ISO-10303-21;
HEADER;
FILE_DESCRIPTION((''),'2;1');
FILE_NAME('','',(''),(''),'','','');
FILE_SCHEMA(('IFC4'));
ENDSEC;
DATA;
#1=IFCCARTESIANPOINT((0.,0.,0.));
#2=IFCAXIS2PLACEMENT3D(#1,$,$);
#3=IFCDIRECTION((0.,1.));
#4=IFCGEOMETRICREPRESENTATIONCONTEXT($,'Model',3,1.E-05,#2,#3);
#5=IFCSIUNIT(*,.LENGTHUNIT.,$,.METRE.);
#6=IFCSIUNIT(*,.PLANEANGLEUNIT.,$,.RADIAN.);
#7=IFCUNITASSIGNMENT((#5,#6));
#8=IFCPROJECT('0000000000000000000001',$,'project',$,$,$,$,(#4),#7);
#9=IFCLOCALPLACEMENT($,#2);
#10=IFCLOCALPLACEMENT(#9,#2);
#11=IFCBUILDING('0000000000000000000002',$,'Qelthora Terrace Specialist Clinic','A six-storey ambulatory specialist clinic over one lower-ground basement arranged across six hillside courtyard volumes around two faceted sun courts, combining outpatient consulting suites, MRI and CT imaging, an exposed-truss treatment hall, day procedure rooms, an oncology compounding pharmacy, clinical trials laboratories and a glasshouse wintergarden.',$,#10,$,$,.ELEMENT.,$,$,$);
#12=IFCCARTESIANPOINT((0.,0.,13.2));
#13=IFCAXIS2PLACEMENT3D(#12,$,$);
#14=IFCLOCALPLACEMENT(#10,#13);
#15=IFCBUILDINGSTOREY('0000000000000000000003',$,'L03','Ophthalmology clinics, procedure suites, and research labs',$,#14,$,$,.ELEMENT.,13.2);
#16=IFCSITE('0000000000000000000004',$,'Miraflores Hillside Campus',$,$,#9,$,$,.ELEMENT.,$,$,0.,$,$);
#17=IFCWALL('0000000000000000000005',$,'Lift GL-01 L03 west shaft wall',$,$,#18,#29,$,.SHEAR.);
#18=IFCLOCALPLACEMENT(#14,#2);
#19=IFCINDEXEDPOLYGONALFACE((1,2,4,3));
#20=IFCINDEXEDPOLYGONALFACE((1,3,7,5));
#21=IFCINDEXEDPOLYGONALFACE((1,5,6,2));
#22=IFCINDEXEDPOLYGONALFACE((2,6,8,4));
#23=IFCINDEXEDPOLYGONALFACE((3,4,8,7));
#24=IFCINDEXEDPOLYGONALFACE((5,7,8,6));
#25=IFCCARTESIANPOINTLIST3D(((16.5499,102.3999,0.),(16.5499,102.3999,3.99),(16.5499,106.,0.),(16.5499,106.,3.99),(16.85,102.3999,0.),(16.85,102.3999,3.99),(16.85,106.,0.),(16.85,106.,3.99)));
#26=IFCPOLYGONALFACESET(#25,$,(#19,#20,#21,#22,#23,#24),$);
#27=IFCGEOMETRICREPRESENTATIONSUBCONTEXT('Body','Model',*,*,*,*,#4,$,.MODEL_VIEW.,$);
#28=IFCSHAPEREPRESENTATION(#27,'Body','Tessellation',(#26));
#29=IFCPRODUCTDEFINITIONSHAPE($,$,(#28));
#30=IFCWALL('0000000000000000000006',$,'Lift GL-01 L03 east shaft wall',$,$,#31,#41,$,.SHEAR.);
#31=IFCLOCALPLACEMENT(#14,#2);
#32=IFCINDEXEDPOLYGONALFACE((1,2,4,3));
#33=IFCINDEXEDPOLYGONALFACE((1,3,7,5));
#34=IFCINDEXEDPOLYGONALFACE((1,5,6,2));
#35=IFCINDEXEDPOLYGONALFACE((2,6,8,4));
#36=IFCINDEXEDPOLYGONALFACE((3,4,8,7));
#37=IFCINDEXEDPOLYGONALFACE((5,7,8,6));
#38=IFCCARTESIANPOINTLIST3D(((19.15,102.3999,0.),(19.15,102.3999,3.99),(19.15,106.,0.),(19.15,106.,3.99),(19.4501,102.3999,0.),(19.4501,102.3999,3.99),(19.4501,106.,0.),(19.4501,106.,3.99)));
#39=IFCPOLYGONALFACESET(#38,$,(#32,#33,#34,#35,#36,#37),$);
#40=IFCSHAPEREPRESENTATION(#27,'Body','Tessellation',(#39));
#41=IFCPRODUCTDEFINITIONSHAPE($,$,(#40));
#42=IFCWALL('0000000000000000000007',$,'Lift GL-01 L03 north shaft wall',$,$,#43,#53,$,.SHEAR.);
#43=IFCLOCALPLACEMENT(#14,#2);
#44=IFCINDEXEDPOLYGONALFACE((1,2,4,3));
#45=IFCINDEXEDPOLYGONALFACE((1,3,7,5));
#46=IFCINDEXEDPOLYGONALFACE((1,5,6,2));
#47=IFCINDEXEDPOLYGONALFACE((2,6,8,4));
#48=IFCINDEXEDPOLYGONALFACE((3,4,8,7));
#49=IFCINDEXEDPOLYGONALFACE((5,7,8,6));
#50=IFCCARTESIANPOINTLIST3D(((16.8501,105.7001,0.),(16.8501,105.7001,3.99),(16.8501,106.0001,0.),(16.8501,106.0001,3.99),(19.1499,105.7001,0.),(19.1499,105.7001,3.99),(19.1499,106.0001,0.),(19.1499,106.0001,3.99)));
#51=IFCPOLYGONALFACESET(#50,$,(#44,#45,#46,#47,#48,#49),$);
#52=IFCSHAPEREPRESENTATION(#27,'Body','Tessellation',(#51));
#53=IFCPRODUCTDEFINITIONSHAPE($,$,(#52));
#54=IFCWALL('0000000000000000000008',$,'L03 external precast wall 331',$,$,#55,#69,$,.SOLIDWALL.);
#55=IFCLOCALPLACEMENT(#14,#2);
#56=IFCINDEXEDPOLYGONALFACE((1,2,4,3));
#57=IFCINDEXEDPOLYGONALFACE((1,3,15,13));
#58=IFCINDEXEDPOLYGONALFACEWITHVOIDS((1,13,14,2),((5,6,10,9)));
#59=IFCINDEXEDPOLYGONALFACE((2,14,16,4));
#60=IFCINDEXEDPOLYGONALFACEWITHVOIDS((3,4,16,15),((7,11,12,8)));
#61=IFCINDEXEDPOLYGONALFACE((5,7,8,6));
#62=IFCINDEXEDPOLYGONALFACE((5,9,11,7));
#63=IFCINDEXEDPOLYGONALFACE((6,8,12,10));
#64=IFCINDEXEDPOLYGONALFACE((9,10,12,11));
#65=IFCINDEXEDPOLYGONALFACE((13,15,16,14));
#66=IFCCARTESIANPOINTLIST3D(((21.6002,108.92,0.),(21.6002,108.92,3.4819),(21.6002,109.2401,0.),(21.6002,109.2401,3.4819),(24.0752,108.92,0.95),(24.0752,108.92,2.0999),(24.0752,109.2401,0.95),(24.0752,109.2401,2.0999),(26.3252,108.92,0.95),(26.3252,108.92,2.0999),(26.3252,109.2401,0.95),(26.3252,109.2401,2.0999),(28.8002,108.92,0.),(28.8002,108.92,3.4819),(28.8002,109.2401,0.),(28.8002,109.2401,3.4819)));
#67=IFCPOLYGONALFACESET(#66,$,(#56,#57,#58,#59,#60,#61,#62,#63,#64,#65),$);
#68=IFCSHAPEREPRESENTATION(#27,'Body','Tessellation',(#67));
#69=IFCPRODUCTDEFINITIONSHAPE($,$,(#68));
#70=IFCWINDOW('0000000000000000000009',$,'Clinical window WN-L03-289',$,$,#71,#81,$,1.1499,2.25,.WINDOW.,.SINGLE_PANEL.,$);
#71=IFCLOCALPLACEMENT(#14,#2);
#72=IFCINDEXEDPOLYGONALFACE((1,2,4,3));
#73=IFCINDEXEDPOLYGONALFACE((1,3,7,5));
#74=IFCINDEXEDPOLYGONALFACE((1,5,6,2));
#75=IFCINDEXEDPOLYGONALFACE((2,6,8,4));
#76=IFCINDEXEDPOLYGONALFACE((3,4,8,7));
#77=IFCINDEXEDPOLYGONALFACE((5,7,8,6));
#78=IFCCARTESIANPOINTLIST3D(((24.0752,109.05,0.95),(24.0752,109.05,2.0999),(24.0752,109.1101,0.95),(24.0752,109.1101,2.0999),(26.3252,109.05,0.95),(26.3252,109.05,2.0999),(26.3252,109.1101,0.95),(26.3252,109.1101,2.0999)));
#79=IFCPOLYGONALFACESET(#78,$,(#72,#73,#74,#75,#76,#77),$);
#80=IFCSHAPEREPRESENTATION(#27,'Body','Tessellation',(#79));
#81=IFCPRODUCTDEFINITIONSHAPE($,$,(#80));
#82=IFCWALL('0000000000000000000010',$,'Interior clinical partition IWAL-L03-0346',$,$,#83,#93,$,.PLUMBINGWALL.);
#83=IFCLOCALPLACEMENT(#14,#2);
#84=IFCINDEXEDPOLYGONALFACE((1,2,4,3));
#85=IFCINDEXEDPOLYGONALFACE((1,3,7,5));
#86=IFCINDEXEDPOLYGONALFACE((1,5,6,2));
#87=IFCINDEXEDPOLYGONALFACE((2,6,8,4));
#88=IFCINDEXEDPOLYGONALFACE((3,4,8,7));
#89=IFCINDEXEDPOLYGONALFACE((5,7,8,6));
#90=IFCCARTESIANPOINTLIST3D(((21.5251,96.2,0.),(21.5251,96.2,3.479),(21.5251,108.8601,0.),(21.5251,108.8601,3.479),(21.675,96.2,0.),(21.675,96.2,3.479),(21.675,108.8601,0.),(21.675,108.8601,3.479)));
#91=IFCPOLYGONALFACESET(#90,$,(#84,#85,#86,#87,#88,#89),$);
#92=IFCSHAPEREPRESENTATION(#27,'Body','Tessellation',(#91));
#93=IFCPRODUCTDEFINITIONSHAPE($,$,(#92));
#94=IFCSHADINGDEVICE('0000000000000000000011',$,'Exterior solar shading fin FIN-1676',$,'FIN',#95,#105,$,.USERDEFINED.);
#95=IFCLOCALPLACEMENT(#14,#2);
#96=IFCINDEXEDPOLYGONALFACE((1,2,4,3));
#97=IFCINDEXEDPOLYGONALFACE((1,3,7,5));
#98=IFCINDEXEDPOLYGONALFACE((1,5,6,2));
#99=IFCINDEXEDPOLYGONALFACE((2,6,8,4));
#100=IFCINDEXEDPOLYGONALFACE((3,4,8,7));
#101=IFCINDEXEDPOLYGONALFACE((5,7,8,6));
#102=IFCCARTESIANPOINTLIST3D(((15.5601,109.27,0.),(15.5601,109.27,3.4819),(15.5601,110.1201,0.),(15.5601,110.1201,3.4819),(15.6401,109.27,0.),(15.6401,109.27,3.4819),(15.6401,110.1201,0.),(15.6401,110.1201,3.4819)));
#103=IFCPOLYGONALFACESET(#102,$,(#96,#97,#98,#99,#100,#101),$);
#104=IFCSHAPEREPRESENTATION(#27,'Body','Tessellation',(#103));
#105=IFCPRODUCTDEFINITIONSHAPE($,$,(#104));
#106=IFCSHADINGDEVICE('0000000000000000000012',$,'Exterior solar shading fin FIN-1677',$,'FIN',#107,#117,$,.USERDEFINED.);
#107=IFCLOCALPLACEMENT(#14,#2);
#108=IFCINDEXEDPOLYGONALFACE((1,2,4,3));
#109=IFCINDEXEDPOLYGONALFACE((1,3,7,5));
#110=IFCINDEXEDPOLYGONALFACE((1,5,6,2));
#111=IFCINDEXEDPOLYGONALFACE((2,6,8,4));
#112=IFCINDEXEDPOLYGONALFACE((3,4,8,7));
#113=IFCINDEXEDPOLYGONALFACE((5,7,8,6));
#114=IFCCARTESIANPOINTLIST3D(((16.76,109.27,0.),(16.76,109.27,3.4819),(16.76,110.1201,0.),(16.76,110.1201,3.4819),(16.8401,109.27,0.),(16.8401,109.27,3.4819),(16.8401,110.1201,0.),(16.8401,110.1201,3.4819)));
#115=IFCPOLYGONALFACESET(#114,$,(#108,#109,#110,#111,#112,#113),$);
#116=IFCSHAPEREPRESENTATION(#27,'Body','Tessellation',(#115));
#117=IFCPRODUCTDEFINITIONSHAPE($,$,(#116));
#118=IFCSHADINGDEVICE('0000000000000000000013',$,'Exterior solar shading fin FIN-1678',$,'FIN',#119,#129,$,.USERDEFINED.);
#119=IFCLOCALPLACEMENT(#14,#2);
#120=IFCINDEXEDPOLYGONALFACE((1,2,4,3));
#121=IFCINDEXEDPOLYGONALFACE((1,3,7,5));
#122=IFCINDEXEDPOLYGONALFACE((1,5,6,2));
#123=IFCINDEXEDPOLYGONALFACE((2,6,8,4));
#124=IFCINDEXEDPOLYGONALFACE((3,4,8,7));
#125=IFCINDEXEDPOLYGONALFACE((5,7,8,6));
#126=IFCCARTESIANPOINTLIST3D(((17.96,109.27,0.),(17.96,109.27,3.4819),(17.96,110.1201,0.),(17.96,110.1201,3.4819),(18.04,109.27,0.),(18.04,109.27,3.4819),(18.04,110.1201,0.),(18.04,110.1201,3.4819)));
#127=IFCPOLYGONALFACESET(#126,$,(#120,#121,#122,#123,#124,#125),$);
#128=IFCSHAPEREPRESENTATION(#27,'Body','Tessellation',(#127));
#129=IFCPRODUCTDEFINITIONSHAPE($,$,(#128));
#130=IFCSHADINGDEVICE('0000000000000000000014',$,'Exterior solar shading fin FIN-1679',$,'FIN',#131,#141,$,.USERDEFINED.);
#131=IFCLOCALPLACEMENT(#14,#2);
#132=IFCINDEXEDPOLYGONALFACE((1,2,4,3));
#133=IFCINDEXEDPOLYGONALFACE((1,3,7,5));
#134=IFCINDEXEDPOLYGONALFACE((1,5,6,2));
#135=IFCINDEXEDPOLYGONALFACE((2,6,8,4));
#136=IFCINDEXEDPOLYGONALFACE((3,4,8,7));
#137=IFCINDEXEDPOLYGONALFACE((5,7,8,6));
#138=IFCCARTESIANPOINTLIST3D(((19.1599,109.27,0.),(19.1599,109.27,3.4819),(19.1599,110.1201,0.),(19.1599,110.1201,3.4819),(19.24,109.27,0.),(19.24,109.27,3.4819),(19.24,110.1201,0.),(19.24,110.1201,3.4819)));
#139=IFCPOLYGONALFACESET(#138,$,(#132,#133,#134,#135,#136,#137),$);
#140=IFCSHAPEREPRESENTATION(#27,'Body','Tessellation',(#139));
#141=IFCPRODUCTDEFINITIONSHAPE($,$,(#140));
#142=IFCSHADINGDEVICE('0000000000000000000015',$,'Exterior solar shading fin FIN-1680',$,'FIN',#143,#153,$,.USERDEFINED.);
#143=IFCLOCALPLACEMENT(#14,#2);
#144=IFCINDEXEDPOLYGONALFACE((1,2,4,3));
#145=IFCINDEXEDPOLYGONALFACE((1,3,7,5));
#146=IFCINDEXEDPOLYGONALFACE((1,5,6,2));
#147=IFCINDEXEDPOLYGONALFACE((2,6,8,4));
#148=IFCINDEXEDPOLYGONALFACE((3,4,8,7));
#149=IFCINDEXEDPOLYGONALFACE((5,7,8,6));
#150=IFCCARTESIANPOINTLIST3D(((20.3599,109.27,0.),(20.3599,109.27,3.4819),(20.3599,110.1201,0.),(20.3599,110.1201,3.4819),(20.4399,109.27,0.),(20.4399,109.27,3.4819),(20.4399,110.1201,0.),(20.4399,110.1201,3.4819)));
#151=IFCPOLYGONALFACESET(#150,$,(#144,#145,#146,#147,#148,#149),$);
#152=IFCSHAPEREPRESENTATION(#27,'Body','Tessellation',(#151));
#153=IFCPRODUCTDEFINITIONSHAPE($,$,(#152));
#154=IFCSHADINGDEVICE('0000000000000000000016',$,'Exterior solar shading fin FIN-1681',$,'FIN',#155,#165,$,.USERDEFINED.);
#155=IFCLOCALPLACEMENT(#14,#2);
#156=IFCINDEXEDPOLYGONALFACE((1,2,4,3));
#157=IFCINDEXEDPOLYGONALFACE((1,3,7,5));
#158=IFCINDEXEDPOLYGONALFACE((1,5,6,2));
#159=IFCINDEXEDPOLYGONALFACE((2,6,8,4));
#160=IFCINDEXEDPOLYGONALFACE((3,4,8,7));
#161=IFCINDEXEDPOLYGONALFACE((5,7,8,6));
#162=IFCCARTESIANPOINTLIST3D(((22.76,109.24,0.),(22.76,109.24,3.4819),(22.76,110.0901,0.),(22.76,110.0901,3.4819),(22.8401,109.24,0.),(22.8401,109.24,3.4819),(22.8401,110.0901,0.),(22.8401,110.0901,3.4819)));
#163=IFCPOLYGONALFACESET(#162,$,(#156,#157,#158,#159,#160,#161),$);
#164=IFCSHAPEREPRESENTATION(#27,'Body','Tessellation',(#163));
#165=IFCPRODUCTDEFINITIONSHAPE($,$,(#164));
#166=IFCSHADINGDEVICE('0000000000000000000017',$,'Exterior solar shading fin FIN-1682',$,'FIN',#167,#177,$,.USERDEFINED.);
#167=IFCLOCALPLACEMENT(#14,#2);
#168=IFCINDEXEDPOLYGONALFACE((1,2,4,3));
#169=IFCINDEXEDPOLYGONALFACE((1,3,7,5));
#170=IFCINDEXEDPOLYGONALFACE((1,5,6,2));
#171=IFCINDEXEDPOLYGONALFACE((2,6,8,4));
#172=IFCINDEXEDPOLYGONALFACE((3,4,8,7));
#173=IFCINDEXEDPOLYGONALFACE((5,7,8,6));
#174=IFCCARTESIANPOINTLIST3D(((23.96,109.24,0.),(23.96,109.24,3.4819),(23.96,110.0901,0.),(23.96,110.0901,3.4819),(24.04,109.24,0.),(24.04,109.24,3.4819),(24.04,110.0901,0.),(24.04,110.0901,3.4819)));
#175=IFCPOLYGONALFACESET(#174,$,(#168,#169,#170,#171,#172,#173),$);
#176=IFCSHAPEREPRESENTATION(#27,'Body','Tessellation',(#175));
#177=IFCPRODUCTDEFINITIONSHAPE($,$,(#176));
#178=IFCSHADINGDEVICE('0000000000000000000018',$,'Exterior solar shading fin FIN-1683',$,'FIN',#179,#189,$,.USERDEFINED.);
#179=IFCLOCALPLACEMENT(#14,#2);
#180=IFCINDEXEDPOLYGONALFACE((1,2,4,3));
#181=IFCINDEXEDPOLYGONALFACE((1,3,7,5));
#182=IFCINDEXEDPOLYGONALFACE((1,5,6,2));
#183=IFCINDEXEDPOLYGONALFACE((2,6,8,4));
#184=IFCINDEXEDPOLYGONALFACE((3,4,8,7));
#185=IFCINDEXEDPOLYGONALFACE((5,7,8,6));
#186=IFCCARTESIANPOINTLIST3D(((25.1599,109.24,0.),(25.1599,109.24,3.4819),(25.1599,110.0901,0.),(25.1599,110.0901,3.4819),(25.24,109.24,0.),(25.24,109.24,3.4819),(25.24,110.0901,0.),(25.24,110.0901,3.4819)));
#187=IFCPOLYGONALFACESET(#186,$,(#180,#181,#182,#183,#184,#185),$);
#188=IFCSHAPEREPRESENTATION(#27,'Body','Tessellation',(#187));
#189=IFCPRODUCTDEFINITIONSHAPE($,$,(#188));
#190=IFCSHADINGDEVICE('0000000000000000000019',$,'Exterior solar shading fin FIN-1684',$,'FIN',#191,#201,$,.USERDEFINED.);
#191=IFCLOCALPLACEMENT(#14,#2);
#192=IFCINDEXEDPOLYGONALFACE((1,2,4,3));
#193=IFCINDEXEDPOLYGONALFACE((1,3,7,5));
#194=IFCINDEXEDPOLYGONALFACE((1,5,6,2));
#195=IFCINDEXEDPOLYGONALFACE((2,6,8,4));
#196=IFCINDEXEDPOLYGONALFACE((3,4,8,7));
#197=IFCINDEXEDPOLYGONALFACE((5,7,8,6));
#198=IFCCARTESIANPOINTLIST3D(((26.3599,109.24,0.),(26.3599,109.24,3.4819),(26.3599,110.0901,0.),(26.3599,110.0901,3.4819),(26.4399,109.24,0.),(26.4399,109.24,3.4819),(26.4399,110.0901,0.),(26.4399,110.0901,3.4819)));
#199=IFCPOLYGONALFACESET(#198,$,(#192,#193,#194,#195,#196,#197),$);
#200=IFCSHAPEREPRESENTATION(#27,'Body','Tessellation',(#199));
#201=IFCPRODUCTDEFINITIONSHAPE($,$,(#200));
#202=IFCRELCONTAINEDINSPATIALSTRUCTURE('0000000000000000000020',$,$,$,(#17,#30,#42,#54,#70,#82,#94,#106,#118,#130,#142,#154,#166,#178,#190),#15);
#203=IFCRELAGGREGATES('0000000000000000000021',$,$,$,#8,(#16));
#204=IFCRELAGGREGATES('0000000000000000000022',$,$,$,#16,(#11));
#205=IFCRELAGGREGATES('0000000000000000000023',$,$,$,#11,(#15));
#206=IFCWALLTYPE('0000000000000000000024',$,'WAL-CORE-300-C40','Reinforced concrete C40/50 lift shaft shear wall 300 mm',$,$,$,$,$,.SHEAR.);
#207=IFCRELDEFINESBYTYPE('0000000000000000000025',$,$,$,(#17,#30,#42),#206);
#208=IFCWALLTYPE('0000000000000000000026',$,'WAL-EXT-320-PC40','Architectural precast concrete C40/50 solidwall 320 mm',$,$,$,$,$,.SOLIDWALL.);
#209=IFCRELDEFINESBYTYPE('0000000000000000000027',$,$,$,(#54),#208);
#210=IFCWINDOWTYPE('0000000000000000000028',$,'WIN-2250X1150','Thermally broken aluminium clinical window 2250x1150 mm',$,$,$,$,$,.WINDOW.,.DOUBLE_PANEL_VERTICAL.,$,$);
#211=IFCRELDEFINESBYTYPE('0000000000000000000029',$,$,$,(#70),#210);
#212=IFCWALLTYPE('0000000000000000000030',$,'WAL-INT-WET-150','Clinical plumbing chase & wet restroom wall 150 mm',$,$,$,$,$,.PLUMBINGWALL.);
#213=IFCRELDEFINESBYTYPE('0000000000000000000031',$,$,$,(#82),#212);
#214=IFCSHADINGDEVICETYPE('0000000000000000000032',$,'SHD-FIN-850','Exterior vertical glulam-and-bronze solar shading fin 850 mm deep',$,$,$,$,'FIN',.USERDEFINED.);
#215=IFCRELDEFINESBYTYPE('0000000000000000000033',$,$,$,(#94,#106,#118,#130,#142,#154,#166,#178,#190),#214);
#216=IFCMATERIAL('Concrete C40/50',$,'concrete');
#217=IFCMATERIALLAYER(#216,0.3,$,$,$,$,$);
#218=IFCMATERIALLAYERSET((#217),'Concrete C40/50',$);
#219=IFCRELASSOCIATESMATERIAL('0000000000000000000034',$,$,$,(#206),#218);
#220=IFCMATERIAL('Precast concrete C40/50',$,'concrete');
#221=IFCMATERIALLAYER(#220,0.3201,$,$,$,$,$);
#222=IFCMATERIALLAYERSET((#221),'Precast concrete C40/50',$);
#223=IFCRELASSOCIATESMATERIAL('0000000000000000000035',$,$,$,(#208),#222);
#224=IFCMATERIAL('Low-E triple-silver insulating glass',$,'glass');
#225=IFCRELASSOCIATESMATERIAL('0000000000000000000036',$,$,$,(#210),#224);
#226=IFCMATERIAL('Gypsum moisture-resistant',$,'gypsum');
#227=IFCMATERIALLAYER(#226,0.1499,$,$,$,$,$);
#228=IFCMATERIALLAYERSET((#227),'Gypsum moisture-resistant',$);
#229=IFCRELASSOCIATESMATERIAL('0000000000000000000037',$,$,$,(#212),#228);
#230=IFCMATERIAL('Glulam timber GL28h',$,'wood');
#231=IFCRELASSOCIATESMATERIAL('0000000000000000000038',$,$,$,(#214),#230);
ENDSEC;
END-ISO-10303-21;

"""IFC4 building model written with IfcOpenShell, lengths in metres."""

from ifc_helpers import new_model, si_unit, direction, frame, frame_2d, origin, origin_2d, place, context, subcontext, project, spatial, rectangle, extrude, material, layer, layer_set, type_object, element, fill, save


model = new_model("IFC4")

# Units and contexts
model_context = context("Model", 3, precision=1e-05, world=origin(), true_north=direction((0.0, 1.0)))
body_context = subcontext(model_context, "Body", "Model", "MODEL_VIEW")
ifc_project = project(units=[si_unit("LENGTHUNIT", "METRE"), si_unit("PLANEANGLEUNIT", "RADIAN")], contexts=[model_context])

# Site, building, storey
site_placement = place(None, origin())
site = spatial("IfcSite", under=ifc_project, at=site_placement, Name="Miraflores Hillside Campus", CompositionType="ELEMENT", RefElevation=0.0)
building_placement = place(site_placement, origin())
building = spatial("IfcBuilding", under=site, at=building_placement, Name="Qelthora Terrace Specialist Clinic", Description="A six-storey ambulatory specialist clinic over one lower-ground basement arranged across six hillside courtyard volumes around two faceted sun courts, combining outpatient consulting suites, MRI and CT imaging, an exposed-truss treatment hall, day procedure rooms, an oncology compounding pharmacy, clinical trials laboratories and a glasshouse wintergarden.", CompositionType="ELEMENT")
storey_placement = place(building_placement, frame((0.0, 0.0, 13.2)))
storey = spatial("IfcBuildingStorey", under=building, at=storey_placement, Name="L03", Description="Ophthalmology clinics, procedure suites, and research labs", CompositionType="ELEMENT", Elevation=13.2)

# Walls
ifc_material_1 = material(Name="Concrete C40/50", Category="concrete")
ifc_layer_1 = layer(ifc_material_1, 0.3)
ifc_layer_set_1 = layer_set([ifc_layer_1], Name="Concrete C40/50")
wall_type_1 = type_object("IfcWallType", Name="WAL-CORE-300-C40", Description="Reinforced concrete C40/50 lift shaft shear wall 300 mm", PredefinedType="SHEAR", material=ifc_layer_set_1)
for number, where, z_axis, x_axis, name in (
    (1, (16.7, 102.3999, 0.0), (0.0, 0.0, 1.0), (0.0, 1.0, 0.0), "Lift GL-01 L03 west shaft wall"),
    (2, (19.3, 102.3999, 0.0), (0.0, 0.0, 1.0), (0.0, 1.0, 0.0), "Lift GL-01 L03 east shaft wall"),
):
    element("IfcWall", number, at=place(storey_placement, frame(where, z_axis=z_axis, x_axis=x_axis)), inside=storey, type_object=wall_type_1, Name=name, PredefinedType="SHEAR", context=body_context, shape_type="SweptSolid", body=[
        extrude(rectangle(XDim=3.6001, YDim=0.3, at=frame_2d((1.8, 0.0))), origin(), (0.0, 0.0, 1.0), 3.99),
    ])
wall_1_placement = place(storey_placement, frame((16.8501, 105.8501, 0.0), z_axis=(0.0, 0.0, 1.0), x_axis=(1.0, 0.0, 0.0)))
element("IfcWall", 3, at=wall_1_placement, inside=storey, type_object=wall_type_1, Name="Lift GL-01 L03 north shaft wall", PredefinedType="SHEAR", context=body_context, shape_type="SweptSolid", body=[
    extrude(rectangle(XDim=2.2998, YDim=0.3, at=frame_2d((1.1499, 0.0))), origin(), (0.0, 0.0, 1.0), 3.99),
])

# Wall, opening, window
ifc_material_2 = material(Name="Precast concrete C40/50", Category="concrete")
ifc_layer_2 = layer(ifc_material_2, 0.3201)
ifc_layer_set_2 = layer_set([ifc_layer_2], Name="Precast concrete C40/50")
wall_type_2 = type_object("IfcWallType", Name="WAL-EXT-320-PC40", Description="Architectural precast concrete C40/50 solidwall 320 mm", PredefinedType="SOLIDWALL", material=ifc_layer_set_2)
wall_2_placement = place(storey_placement, frame((21.6001, 109.0801, 0.0), z_axis=(0.0, 0.0, 1.0), x_axis=(1.0, 0.0, 0.0)))
wall_2 = element("IfcWall", 4, at=wall_2_placement, inside=storey, type_object=wall_type_2, Name="L03 external precast wall 331", PredefinedType="SOLIDWALL", context=body_context, shape_type="SweptSolid", body=[
    extrude(rectangle(XDim=7.2, YDim=0.3201, at=frame_2d((3.6001, 0.0))), origin(), (0.0, 0.0, 1.0), 3.4819),
])
opening_1_placement = place(wall_2_placement, frame((2.4751, 0.0, 0.95)))
opening_1 = element("IfcOpeningElement", 5, at=opening_1_placement, cuts=wall_2, PredefinedType="OPENING", context=body_context, shape_type="SweptSolid", body=[
    extrude(rectangle(XDim=2.25, YDim=1.1499, at=frame_2d((1.125, 0.575))), frame((0.0, 0.1699, 0.0), z_axis=(0.0, -1.0, 0.0), x_axis=(1.0, 0.0, 0.0)), (0.0, 0.0, 1.0), 0.3401),
])
ifc_material_3 = material(Name="Low-E triple-silver insulating glass", Category="glass")
window_type = type_object("IfcWindowType", Name="WIN-2250X1150", Description="Thermally broken aluminium clinical window 2250x1150 mm", PartitioningType="DOUBLE_PANEL_VERTICAL", PredefinedType="WINDOW", material=ifc_material_3)
window_placement = place(opening_1_placement, origin())
window = element("IfcWindow", 6, at=window_placement, inside=storey, type_object=window_type, Name="Clinical window WN-L03-289", OverallHeight=1.1499, OverallWidth=2.25, PartitioningType="SINGLE_PANEL", PredefinedType="WINDOW", context=body_context, shape_type="SweptSolid", body=[
    extrude(rectangle(XDim=2.25, YDim=1.1499, at=frame_2d((1.125, 0.575))), frame((0.0, 0.03, 0.0), z_axis=(0.0, -1.0, 0.0), x_axis=(1.0, 0.0, 0.0)), (0.0, 0.0, 1.0), 0.0601),
])
fill(opening_1, window)

# Wall
ifc_material_4 = material(Name="Gypsum moisture-resistant", Category="gypsum")
ifc_layer_3 = layer(ifc_material_4, 0.1499)
ifc_layer_set_3 = layer_set([ifc_layer_3], Name="Gypsum moisture-resistant")
wall_type_3 = type_object("IfcWallType", Name="WAL-INT-WET-150", Description="Clinical plumbing chase & wet restroom wall 150 mm", PredefinedType="PLUMBINGWALL", material=ifc_layer_set_3)
wall_3_placement = place(storey_placement, frame((21.6001, 96.2, 0.0), z_axis=(0.0, 0.0, 1.0), x_axis=(0.0, 1.0, 0.0)))
element("IfcWall", 7, at=wall_3_placement, inside=storey, type_object=wall_type_3, Name="Interior clinical partition IWAL-L03-0346", PredefinedType="PLUMBINGWALL", context=body_context, shape_type="SweptSolid", body=[
    extrude(rectangle(XDim=12.6602, YDim=0.1499, at=frame_2d((6.3301, 0.0))), origin(), (0.0, 0.0, 1.0), 3.479),
])

# Shading devices
ifc_material_5 = material(Name="Glulam timber GL28h", Category="wood")
shading_device_type = type_object("IfcShadingDeviceType", Name="SHD-FIN-850", Description="Exterior vertical glulam-and-bronze solar shading fin 850 mm deep", ElementType="FIN", PredefinedType="USERDEFINED", material=ifc_material_5)
for number, where, z_axis, x_axis, name in (
    (8, (15.6001, 109.6951, 0.0), (0.0, 0.0, 1.0), (0.0, 1.0, 0.0), "Exterior solar shading fin FIN-1676"),
    (9, (16.8, 109.6951, 0.0), (0.0, 0.0, 1.0), (0.0, 1.0, 0.0), "Exterior solar shading fin FIN-1677"),
    (10, (18.0, 109.6951, 0.0), (0.0, 0.0, 1.0), (0.0, 1.0, 0.0), "Exterior solar shading fin FIN-1678"),
    (11, (19.2, 109.6951, 0.0), (0.0, 0.0, 1.0), (0.0, 1.0, 0.0), "Exterior solar shading fin FIN-1679"),
    (12, (20.3999, 109.6951, 0.0), (0.0, 0.0, 1.0), (0.0, 1.0, 0.0), "Exterior solar shading fin FIN-1680"),
    (13, (22.8, 109.665, 0.0), (0.0, 0.0, 1.0), (0.0, 1.0, 0.0), "Exterior solar shading fin FIN-1681"),
    (14, (24.0, 109.665, 0.0), (0.0, 0.0, 1.0), (0.0, 1.0, 0.0), "Exterior solar shading fin FIN-1682"),
    (15, (25.2, 109.665, 0.0), (0.0, 0.0, 1.0), (0.0, 1.0, 0.0), "Exterior solar shading fin FIN-1683"),
    (16, (26.3999, 109.665, 0.0), (0.0, 0.0, 1.0), (0.0, 1.0, 0.0), "Exterior solar shading fin FIN-1684"),
):
    element("IfcShadingDevice", number, at=place(storey_placement, frame(where, z_axis=z_axis, x_axis=x_axis)), inside=storey, type_object=shading_device_type, Name=name, ObjectType="FIN", PredefinedType="USERDEFINED", context=body_context, shape_type="SweptSolid", body=[
        extrude(rectangle(XDim=0.8501, YDim=0.0801, at=origin_2d()), origin(), (0.0, 0.0, 1.0), 3.4819),
    ])

save(model, "model.ifc")
